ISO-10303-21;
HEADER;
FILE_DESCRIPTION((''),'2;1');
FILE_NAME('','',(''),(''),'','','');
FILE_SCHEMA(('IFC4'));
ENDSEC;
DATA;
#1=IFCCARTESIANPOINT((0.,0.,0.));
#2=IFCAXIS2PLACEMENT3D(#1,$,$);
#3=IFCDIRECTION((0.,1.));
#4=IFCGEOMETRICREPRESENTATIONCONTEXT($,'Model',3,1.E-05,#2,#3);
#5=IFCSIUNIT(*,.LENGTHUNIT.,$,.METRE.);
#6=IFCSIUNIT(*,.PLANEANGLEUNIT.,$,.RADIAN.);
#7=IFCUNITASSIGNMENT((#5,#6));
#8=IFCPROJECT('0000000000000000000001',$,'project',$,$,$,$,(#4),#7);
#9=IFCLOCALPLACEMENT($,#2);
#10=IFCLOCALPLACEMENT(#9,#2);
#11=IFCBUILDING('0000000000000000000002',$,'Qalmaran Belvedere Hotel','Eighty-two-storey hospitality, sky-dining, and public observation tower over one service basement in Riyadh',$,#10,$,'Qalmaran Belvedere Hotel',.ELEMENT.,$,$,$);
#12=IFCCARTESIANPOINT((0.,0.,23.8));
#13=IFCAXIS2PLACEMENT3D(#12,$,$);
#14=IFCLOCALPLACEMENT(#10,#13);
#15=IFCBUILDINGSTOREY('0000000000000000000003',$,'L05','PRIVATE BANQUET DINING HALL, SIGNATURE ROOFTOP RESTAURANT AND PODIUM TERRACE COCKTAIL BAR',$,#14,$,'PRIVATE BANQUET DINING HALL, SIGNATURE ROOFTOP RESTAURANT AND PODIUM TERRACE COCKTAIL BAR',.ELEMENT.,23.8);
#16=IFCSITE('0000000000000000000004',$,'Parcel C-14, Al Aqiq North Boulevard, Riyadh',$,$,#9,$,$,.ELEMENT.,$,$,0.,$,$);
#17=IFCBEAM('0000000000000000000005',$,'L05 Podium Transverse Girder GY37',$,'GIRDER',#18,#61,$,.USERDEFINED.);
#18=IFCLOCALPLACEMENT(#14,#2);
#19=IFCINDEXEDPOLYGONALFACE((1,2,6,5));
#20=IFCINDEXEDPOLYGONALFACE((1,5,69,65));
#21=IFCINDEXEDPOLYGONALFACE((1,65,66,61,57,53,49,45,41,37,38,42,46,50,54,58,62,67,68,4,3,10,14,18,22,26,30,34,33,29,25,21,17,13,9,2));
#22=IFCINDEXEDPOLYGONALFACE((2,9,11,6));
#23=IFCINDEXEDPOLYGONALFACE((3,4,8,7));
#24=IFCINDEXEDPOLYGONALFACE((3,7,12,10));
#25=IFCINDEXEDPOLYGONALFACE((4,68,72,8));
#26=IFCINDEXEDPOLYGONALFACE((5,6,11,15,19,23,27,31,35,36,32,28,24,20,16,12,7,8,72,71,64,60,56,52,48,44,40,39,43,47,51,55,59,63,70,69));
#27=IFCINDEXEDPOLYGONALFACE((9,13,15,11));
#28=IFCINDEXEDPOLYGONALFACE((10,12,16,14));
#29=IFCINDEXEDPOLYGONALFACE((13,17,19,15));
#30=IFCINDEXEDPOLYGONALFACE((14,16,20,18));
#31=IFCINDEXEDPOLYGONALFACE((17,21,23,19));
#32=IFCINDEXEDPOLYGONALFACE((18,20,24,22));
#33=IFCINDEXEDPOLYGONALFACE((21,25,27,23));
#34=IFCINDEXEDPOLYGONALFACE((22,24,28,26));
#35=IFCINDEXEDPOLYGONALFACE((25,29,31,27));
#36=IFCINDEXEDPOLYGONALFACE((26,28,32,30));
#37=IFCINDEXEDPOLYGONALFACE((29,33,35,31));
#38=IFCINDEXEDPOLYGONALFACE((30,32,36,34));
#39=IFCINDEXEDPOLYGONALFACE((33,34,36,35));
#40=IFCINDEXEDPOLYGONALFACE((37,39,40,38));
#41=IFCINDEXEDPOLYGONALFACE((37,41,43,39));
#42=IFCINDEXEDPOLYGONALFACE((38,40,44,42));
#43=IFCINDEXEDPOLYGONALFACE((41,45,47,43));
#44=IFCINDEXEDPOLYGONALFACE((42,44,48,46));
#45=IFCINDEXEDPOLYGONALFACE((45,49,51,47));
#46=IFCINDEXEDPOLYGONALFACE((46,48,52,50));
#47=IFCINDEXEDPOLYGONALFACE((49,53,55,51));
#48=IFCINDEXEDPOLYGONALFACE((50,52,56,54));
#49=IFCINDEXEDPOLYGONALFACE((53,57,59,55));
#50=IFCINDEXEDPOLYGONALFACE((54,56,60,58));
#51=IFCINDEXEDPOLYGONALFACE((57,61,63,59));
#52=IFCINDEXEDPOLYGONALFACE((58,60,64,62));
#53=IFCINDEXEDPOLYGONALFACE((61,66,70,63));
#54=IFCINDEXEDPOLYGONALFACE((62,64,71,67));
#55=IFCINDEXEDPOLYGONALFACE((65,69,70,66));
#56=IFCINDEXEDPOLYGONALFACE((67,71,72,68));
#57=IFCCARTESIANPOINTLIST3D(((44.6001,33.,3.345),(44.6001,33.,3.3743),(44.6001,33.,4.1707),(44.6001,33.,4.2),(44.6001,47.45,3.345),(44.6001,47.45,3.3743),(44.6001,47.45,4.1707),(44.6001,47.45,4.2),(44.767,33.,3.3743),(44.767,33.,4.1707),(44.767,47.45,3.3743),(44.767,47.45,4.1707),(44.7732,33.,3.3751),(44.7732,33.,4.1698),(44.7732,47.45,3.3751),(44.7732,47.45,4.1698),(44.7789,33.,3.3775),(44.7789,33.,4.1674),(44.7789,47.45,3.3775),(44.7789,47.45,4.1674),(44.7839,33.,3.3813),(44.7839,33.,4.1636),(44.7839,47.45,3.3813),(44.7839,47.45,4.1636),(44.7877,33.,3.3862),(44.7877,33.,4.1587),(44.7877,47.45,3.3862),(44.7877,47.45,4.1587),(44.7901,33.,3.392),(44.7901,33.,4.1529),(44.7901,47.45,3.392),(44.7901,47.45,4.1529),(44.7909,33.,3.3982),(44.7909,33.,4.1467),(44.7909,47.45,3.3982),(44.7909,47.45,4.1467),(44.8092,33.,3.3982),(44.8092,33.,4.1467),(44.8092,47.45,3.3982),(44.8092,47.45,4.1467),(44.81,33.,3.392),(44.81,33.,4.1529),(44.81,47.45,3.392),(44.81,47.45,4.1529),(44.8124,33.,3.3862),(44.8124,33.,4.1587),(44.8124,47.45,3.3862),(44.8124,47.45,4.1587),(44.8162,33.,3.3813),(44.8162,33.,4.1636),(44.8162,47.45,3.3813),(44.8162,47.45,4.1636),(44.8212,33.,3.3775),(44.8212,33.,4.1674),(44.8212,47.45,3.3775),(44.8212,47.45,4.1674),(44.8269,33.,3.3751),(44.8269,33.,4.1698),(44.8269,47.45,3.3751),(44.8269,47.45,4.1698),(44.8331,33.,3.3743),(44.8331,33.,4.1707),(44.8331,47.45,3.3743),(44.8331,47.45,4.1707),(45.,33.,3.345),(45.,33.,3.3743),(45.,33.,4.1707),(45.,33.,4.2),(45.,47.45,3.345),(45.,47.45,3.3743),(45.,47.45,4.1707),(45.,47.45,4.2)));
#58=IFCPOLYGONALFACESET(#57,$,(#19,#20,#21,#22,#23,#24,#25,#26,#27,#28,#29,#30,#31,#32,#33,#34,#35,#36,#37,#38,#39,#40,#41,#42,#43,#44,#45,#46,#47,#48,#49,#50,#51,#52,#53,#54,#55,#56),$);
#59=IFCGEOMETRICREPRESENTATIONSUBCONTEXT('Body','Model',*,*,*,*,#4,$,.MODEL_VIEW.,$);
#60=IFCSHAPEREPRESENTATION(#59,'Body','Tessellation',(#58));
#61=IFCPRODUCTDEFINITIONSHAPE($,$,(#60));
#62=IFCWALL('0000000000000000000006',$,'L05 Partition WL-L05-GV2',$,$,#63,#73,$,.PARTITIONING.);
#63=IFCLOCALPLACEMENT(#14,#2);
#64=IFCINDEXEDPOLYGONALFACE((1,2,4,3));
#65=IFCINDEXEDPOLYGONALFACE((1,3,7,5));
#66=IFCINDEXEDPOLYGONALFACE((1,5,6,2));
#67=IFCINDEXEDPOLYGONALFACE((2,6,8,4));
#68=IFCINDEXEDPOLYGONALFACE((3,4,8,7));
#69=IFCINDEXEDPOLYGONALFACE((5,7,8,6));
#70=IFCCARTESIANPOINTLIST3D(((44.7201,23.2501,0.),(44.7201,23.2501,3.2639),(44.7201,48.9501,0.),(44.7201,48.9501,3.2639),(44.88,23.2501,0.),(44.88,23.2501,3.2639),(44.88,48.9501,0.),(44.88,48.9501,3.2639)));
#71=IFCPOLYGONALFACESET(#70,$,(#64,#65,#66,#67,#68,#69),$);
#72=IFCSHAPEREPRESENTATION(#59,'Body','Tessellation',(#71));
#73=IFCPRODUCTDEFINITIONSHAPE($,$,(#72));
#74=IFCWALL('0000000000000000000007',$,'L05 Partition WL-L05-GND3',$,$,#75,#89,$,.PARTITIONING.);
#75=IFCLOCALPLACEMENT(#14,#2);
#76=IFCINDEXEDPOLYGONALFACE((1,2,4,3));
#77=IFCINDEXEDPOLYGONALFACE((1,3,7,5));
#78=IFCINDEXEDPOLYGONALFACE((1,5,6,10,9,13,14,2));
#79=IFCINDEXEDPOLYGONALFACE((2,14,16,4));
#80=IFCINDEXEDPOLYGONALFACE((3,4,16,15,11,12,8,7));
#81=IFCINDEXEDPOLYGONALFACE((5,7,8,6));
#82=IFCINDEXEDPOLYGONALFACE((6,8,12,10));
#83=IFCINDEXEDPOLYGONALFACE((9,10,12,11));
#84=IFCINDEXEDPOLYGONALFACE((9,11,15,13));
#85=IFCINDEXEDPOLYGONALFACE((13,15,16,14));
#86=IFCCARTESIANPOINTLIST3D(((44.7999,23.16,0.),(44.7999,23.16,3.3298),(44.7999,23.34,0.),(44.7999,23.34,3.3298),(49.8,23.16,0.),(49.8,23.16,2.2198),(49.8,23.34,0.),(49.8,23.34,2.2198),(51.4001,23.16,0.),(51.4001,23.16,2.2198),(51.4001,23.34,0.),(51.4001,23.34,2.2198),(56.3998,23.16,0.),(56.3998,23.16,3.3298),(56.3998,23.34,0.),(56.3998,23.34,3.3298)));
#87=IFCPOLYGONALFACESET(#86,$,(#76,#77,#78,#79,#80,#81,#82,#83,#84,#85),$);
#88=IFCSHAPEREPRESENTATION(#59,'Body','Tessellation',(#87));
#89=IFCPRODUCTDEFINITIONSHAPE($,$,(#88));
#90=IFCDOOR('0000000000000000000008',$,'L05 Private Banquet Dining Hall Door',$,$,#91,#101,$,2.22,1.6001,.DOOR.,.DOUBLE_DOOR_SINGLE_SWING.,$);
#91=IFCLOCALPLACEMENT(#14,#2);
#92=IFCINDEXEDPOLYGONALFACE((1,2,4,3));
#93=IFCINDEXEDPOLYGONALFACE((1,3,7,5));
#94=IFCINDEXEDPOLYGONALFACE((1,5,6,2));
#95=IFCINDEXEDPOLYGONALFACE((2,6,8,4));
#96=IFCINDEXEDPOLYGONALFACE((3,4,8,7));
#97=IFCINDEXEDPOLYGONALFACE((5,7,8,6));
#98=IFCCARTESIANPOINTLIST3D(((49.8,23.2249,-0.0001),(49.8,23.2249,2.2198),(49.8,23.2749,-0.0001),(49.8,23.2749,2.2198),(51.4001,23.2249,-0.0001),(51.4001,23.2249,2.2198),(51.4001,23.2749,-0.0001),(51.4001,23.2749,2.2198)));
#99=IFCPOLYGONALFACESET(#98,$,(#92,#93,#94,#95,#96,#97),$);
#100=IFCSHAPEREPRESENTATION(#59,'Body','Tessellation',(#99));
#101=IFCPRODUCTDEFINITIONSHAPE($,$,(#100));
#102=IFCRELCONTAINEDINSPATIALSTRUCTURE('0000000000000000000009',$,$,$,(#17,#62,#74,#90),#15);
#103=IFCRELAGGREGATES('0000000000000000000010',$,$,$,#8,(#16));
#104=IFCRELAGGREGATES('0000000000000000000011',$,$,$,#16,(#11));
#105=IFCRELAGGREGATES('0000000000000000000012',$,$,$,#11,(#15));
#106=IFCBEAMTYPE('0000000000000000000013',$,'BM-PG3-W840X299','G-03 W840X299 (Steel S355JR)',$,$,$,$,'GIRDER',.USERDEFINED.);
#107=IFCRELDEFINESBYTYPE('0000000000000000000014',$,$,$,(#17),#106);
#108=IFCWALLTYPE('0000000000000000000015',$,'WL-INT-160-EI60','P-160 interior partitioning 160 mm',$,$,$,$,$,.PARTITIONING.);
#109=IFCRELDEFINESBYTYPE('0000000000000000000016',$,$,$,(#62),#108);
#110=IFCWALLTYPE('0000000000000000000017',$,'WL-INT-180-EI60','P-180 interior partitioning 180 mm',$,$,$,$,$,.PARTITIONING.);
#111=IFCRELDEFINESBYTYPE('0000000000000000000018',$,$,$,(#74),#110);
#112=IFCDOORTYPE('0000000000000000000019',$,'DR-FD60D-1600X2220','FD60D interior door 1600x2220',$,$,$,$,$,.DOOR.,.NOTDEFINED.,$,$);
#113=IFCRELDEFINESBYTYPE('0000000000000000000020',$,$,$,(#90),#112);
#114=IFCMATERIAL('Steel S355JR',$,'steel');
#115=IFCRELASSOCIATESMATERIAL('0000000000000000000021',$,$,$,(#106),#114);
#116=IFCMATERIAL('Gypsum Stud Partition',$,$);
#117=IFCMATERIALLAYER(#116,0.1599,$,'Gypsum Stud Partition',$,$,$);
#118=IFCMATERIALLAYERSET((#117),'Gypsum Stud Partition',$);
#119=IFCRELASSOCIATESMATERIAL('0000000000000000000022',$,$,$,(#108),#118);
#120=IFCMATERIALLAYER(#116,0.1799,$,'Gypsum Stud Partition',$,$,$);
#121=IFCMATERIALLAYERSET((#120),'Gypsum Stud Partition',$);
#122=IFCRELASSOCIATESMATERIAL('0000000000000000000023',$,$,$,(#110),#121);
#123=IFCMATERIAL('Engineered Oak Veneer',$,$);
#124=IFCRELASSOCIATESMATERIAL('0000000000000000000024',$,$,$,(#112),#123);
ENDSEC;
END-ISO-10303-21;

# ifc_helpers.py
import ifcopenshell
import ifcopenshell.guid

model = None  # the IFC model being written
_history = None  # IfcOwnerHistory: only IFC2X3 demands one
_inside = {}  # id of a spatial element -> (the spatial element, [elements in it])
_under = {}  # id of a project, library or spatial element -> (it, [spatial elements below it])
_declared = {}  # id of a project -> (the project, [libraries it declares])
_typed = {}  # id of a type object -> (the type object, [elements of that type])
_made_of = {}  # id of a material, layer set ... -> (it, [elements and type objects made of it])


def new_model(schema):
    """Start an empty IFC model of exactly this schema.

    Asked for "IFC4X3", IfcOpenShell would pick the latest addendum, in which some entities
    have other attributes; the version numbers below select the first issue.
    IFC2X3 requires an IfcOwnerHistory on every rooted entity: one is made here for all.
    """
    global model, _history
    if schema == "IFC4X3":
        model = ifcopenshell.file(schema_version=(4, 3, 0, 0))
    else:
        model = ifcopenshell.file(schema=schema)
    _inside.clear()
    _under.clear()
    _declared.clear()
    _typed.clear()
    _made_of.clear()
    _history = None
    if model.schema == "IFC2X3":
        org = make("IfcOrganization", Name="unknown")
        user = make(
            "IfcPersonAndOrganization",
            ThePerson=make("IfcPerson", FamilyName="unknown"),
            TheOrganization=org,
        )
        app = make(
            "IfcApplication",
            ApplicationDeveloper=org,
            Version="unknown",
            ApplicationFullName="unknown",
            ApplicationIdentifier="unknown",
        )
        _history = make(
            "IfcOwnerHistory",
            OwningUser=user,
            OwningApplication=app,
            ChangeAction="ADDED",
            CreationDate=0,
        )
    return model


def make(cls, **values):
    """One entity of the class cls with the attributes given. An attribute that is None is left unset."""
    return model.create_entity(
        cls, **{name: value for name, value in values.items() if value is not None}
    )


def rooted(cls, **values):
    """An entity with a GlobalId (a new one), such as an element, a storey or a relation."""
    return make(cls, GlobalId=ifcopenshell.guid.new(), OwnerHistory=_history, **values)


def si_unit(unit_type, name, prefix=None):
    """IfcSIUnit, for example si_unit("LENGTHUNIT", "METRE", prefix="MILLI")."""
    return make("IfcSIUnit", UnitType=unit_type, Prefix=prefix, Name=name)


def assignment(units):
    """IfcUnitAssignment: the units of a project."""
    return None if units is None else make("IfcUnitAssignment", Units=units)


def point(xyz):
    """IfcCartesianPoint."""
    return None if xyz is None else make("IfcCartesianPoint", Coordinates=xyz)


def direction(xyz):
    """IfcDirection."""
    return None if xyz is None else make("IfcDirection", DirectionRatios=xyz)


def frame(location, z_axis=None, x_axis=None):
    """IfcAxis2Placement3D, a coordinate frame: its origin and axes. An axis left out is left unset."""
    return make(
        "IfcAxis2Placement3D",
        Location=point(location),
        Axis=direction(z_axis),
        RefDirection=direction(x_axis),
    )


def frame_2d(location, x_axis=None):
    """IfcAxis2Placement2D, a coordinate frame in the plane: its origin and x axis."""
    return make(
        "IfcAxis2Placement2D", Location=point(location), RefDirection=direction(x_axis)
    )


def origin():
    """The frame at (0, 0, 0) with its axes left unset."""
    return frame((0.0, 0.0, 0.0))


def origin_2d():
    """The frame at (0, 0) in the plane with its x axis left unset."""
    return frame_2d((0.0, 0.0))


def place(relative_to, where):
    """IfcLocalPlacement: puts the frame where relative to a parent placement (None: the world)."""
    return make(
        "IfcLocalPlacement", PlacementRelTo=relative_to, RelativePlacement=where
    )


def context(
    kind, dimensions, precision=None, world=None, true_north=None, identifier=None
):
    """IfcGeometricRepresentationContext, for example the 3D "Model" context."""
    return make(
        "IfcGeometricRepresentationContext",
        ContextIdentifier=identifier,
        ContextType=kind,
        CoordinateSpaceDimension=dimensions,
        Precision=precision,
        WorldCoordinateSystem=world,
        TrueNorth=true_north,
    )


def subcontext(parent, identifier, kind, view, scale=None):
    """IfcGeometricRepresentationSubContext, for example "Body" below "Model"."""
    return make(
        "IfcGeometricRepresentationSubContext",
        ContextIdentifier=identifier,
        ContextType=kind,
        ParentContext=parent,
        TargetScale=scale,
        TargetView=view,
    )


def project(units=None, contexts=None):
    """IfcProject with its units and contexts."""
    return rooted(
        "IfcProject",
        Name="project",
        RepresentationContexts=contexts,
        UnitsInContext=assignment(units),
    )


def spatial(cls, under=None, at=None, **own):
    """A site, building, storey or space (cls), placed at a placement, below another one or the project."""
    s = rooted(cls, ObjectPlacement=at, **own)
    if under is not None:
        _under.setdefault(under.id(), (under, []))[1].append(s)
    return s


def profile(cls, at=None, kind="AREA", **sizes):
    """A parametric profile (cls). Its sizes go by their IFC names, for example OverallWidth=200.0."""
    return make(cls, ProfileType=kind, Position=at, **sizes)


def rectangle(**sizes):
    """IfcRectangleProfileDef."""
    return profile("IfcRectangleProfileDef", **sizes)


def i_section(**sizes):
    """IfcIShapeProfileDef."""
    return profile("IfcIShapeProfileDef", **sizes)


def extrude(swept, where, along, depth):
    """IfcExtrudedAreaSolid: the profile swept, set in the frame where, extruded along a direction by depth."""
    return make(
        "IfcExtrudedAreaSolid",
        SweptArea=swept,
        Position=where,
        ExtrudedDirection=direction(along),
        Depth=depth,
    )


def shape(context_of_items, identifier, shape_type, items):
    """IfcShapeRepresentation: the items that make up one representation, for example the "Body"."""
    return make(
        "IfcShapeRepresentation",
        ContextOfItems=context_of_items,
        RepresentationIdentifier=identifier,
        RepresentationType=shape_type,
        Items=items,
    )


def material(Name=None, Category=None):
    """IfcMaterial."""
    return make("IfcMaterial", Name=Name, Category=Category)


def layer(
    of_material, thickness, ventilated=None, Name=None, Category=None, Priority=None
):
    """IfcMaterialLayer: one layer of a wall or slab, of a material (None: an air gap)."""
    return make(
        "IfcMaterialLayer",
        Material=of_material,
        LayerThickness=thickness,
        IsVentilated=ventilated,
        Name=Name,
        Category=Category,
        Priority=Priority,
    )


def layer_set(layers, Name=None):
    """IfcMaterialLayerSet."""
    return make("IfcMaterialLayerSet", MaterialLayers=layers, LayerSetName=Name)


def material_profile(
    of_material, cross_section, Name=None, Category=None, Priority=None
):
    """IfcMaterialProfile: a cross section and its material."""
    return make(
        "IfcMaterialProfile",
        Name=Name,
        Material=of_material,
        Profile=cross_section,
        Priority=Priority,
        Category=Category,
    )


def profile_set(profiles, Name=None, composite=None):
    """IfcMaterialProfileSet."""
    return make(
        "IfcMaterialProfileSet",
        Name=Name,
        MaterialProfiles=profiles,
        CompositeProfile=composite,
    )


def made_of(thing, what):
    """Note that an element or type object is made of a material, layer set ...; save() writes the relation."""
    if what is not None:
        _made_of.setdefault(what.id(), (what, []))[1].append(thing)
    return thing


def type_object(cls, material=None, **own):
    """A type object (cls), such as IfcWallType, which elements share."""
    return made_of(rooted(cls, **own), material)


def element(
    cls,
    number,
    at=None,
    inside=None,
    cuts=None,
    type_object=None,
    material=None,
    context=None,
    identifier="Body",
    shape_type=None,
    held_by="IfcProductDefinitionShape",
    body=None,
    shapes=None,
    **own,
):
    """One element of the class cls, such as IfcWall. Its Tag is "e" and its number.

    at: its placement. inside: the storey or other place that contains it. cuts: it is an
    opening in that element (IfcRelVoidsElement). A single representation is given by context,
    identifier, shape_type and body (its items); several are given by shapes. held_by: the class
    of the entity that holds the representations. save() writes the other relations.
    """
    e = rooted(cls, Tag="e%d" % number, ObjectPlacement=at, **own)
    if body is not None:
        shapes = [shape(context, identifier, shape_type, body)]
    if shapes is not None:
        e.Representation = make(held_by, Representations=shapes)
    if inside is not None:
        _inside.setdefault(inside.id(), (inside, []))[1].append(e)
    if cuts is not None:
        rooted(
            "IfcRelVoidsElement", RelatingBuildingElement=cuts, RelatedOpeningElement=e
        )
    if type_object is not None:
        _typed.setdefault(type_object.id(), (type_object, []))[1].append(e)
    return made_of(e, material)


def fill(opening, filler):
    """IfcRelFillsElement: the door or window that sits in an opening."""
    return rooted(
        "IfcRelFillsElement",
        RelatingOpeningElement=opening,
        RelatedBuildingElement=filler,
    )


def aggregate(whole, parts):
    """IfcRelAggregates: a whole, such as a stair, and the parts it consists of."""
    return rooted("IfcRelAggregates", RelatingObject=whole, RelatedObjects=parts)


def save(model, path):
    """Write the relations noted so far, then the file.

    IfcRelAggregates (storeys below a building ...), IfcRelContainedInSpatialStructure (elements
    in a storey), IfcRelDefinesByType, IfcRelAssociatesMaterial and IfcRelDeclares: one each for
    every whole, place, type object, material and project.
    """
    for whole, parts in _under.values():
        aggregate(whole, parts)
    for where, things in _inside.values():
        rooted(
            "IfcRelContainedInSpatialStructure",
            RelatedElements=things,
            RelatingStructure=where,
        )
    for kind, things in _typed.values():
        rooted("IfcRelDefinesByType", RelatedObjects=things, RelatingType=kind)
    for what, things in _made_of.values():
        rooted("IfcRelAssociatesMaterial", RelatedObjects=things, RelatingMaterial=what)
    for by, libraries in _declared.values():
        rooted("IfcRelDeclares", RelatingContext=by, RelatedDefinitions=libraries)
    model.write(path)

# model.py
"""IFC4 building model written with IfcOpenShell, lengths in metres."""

from ifc_helpers import new_model, si_unit, direction, frame, frame_2d, origin, origin_2d, place, context, subcontext, project, spatial, rectangle, i_section, extrude, material, layer, layer_set, material_profile, profile_set, type_object, element, fill, save


model = new_model("IFC4")

# Units and contexts
model_context = context("Model", 3, precision=1e-05, world=origin(), true_north=direction((0.0, 1.0)))
body_context = subcontext(model_context, "Body", "Model", "MODEL_VIEW")
ifc_project = project(units=[si_unit("LENGTHUNIT", "METRE"), si_unit("PLANEANGLEUNIT", "RADIAN")], contexts=[model_context])

# Site, building, storey
site_placement = place(None, origin())
site = spatial("IfcSite", under=ifc_project, at=site_placement, Name="Parcel C-14, Al Aqiq North Boulevard, Riyadh", CompositionType="ELEMENT", RefElevation=0.0)
building_placement = place(site_placement, origin())
building = spatial("IfcBuilding", under=site, at=building_placement, Name="Qalmaran Belvedere Hotel", Description="Eighty-two-storey hospitality, sky-dining, and public observation tower over one service basement in Riyadh", LongName="Qalmaran Belvedere Hotel", CompositionType="ELEMENT")
storey_placement = place(building_placement, frame((0.0, 0.0, 23.8)))
storey = spatial("IfcBuildingStorey", under=building, at=storey_placement, Name="L05", Description="PRIVATE BANQUET DINING HALL, SIGNATURE ROOFTOP RESTAURANT AND PODIUM TERRACE COCKTAIL BAR", LongName="PRIVATE BANQUET DINING HALL, SIGNATURE ROOFTOP RESTAURANT AND PODIUM TERRACE COCKTAIL BAR", CompositionType="ELEMENT", Elevation=23.8)

# Beam
ifc_material_1 = material(Name="Steel S355JR", Category="steel")
ifc_material_profile_1 = material_profile(ifc_material_1, i_section(OverallWidth=0.3999, OverallDepth=0.855, WebThickness=0.0183, FlangeThickness=0.0293, FilletRadius=0.0239, at=origin_2d()), Name="W840X299")
ifc_profile_set_1 = profile_set([ifc_material_profile_1], Name="Steel S355JR")
beam_type_1 = type_object("IfcBeamType", Name="BM-PG3-W840X299", Description="G-03 W840X299 (Steel S355JR)", ElementType="GIRDER", PredefinedType="USERDEFINED", material=ifc_profile_set_1)
for number, where, z_axis, x_axis, name in (
    (1, (44.8, 33.0, 3.7725), (0.0, 1.0, 0.0), (-1.0, 0.0, 0.0), "L05 Podium Transverse Girder GY37"),
):
    element("IfcBeam", number, at=place(storey_placement, frame(where, z_axis=z_axis, x_axis=x_axis)), inside=storey, type_object=beam_type_1, Name=name, ObjectType="GIRDER", PredefinedType="USERDEFINED", context=body_context, shape_type="SweptSolid", body=[
        extrude(i_section(OverallWidth=0.3999, OverallDepth=0.855, WebThickness=0.0183, FlangeThickness=0.0293, FilletRadius=0.0239, at=origin_2d()), origin(), (0.0, 0.0, 1.0), 14.45),
    ])

# Wall
ifc_material_2 = material(Name="Gypsum Stud Partition")
ifc_layer_1 = layer(ifc_material_2, 0.1599, Name="Gypsum Stud Partition")
ifc_layer_set_1 = layer_set([ifc_layer_1], Name="Gypsum Stud Partition")
wall_type_1 = type_object("IfcWallType", Name="WL-INT-160-EI60", Description="P-160 interior partitioning 160 mm", PredefinedType="PARTITIONING", material=ifc_layer_set_1)
wall_1_placement = place(storey_placement, frame((44.8, 23.25, 0.0), z_axis=(0.0, 0.0, 1.0), x_axis=(0.0, 1.0, 0.0)))
element("IfcWall", 2, at=wall_1_placement, inside=storey, type_object=wall_type_1, Name="L05 Partition WL-L05-GV2", PredefinedType="PARTITIONING", context=body_context, shape_type="SweptSolid", body=[
    extrude(rectangle(XDim=25.7, YDim=0.1599, at=frame_2d((12.8501, 0.0))), origin(), (0.0, 0.0, 1.0), 3.2639),
])

# Wall, opening, door
ifc_layer_2 = layer(ifc_material_2, 0.1799, Name="Gypsum Stud Partition")
ifc_layer_set_2 = layer_set([ifc_layer_2], Name="Gypsum Stud Partition")
wall_type_2 = type_object("IfcWallType", Name="WL-INT-180-EI60", Description="P-180 interior partitioning 180 mm", PredefinedType="PARTITIONING", material=ifc_layer_set_2)
wall_2_placement = place(storey_placement, frame((44.8, 23.25, 0.0), z_axis=(0.0, 0.0, 1.0), x_axis=(1.0, 0.0, 0.0)))
wall_2 = element("IfcWall", 3, at=wall_2_placement, inside=storey, type_object=wall_type_2, Name="L05 Partition WL-L05-GND3", PredefinedType="PARTITIONING", context=body_context, shape_type="SweptSolid", body=[
    extrude(rectangle(XDim=11.5999, YDim=0.1799, at=frame_2d((5.7998, 0.0))), origin(), (0.0, 0.0, 1.0), 3.3298),
])
opening_placement = place(wall_2_placement, frame((5.0, 0.0, 0.0)))
opening = element("IfcOpeningElement", 4, at=opening_placement, cuts=wall_2, PredefinedType="OPENING", context=body_context, shape_type="SweptSolid", body=[
    extrude(rectangle(XDim=1.6001, YDim=2.22, at=frame_2d((0.8, 1.1099))), frame((0.0, 0.1001, 0.0), z_axis=(0.0, -1.0, 0.0), x_axis=(1.0, 0.0, 0.0)), (0.0, 0.0, 1.0), 0.2),
])
ifc_material_3 = material(Name="Engineered Oak Veneer")
door_type = type_object("IfcDoorType", Name="DR-FD60D-1600X2220", Description="FD60D interior door 1600x2220", OperationType="NOTDEFINED", PredefinedType="DOOR", material=ifc_material_3)
door_placement = place(opening_placement, origin())
door = element("IfcDoor", 5, at=door_placement, inside=storey, type_object=door_type, Name="L05 Private Banquet Dining Hall Door", OperationType="DOUBLE_DOOR_SINGLE_SWING", OverallHeight=2.22, OverallWidth=1.6001, PredefinedType="DOOR", context=body_context, shape_type="SweptSolid", body=[
    extrude(rectangle(XDim=1.6001, YDim=2.22, at=frame_2d((0.8, 1.1099))), frame((0.0, 0.0249, 0.0), z_axis=(0.0, -1.0, 0.0), x_axis=(1.0, 0.0, 0.0)), (0.0, 0.0, 1.0), 0.05),
])
fill(opening, door)

save(model, "model.ifc")
